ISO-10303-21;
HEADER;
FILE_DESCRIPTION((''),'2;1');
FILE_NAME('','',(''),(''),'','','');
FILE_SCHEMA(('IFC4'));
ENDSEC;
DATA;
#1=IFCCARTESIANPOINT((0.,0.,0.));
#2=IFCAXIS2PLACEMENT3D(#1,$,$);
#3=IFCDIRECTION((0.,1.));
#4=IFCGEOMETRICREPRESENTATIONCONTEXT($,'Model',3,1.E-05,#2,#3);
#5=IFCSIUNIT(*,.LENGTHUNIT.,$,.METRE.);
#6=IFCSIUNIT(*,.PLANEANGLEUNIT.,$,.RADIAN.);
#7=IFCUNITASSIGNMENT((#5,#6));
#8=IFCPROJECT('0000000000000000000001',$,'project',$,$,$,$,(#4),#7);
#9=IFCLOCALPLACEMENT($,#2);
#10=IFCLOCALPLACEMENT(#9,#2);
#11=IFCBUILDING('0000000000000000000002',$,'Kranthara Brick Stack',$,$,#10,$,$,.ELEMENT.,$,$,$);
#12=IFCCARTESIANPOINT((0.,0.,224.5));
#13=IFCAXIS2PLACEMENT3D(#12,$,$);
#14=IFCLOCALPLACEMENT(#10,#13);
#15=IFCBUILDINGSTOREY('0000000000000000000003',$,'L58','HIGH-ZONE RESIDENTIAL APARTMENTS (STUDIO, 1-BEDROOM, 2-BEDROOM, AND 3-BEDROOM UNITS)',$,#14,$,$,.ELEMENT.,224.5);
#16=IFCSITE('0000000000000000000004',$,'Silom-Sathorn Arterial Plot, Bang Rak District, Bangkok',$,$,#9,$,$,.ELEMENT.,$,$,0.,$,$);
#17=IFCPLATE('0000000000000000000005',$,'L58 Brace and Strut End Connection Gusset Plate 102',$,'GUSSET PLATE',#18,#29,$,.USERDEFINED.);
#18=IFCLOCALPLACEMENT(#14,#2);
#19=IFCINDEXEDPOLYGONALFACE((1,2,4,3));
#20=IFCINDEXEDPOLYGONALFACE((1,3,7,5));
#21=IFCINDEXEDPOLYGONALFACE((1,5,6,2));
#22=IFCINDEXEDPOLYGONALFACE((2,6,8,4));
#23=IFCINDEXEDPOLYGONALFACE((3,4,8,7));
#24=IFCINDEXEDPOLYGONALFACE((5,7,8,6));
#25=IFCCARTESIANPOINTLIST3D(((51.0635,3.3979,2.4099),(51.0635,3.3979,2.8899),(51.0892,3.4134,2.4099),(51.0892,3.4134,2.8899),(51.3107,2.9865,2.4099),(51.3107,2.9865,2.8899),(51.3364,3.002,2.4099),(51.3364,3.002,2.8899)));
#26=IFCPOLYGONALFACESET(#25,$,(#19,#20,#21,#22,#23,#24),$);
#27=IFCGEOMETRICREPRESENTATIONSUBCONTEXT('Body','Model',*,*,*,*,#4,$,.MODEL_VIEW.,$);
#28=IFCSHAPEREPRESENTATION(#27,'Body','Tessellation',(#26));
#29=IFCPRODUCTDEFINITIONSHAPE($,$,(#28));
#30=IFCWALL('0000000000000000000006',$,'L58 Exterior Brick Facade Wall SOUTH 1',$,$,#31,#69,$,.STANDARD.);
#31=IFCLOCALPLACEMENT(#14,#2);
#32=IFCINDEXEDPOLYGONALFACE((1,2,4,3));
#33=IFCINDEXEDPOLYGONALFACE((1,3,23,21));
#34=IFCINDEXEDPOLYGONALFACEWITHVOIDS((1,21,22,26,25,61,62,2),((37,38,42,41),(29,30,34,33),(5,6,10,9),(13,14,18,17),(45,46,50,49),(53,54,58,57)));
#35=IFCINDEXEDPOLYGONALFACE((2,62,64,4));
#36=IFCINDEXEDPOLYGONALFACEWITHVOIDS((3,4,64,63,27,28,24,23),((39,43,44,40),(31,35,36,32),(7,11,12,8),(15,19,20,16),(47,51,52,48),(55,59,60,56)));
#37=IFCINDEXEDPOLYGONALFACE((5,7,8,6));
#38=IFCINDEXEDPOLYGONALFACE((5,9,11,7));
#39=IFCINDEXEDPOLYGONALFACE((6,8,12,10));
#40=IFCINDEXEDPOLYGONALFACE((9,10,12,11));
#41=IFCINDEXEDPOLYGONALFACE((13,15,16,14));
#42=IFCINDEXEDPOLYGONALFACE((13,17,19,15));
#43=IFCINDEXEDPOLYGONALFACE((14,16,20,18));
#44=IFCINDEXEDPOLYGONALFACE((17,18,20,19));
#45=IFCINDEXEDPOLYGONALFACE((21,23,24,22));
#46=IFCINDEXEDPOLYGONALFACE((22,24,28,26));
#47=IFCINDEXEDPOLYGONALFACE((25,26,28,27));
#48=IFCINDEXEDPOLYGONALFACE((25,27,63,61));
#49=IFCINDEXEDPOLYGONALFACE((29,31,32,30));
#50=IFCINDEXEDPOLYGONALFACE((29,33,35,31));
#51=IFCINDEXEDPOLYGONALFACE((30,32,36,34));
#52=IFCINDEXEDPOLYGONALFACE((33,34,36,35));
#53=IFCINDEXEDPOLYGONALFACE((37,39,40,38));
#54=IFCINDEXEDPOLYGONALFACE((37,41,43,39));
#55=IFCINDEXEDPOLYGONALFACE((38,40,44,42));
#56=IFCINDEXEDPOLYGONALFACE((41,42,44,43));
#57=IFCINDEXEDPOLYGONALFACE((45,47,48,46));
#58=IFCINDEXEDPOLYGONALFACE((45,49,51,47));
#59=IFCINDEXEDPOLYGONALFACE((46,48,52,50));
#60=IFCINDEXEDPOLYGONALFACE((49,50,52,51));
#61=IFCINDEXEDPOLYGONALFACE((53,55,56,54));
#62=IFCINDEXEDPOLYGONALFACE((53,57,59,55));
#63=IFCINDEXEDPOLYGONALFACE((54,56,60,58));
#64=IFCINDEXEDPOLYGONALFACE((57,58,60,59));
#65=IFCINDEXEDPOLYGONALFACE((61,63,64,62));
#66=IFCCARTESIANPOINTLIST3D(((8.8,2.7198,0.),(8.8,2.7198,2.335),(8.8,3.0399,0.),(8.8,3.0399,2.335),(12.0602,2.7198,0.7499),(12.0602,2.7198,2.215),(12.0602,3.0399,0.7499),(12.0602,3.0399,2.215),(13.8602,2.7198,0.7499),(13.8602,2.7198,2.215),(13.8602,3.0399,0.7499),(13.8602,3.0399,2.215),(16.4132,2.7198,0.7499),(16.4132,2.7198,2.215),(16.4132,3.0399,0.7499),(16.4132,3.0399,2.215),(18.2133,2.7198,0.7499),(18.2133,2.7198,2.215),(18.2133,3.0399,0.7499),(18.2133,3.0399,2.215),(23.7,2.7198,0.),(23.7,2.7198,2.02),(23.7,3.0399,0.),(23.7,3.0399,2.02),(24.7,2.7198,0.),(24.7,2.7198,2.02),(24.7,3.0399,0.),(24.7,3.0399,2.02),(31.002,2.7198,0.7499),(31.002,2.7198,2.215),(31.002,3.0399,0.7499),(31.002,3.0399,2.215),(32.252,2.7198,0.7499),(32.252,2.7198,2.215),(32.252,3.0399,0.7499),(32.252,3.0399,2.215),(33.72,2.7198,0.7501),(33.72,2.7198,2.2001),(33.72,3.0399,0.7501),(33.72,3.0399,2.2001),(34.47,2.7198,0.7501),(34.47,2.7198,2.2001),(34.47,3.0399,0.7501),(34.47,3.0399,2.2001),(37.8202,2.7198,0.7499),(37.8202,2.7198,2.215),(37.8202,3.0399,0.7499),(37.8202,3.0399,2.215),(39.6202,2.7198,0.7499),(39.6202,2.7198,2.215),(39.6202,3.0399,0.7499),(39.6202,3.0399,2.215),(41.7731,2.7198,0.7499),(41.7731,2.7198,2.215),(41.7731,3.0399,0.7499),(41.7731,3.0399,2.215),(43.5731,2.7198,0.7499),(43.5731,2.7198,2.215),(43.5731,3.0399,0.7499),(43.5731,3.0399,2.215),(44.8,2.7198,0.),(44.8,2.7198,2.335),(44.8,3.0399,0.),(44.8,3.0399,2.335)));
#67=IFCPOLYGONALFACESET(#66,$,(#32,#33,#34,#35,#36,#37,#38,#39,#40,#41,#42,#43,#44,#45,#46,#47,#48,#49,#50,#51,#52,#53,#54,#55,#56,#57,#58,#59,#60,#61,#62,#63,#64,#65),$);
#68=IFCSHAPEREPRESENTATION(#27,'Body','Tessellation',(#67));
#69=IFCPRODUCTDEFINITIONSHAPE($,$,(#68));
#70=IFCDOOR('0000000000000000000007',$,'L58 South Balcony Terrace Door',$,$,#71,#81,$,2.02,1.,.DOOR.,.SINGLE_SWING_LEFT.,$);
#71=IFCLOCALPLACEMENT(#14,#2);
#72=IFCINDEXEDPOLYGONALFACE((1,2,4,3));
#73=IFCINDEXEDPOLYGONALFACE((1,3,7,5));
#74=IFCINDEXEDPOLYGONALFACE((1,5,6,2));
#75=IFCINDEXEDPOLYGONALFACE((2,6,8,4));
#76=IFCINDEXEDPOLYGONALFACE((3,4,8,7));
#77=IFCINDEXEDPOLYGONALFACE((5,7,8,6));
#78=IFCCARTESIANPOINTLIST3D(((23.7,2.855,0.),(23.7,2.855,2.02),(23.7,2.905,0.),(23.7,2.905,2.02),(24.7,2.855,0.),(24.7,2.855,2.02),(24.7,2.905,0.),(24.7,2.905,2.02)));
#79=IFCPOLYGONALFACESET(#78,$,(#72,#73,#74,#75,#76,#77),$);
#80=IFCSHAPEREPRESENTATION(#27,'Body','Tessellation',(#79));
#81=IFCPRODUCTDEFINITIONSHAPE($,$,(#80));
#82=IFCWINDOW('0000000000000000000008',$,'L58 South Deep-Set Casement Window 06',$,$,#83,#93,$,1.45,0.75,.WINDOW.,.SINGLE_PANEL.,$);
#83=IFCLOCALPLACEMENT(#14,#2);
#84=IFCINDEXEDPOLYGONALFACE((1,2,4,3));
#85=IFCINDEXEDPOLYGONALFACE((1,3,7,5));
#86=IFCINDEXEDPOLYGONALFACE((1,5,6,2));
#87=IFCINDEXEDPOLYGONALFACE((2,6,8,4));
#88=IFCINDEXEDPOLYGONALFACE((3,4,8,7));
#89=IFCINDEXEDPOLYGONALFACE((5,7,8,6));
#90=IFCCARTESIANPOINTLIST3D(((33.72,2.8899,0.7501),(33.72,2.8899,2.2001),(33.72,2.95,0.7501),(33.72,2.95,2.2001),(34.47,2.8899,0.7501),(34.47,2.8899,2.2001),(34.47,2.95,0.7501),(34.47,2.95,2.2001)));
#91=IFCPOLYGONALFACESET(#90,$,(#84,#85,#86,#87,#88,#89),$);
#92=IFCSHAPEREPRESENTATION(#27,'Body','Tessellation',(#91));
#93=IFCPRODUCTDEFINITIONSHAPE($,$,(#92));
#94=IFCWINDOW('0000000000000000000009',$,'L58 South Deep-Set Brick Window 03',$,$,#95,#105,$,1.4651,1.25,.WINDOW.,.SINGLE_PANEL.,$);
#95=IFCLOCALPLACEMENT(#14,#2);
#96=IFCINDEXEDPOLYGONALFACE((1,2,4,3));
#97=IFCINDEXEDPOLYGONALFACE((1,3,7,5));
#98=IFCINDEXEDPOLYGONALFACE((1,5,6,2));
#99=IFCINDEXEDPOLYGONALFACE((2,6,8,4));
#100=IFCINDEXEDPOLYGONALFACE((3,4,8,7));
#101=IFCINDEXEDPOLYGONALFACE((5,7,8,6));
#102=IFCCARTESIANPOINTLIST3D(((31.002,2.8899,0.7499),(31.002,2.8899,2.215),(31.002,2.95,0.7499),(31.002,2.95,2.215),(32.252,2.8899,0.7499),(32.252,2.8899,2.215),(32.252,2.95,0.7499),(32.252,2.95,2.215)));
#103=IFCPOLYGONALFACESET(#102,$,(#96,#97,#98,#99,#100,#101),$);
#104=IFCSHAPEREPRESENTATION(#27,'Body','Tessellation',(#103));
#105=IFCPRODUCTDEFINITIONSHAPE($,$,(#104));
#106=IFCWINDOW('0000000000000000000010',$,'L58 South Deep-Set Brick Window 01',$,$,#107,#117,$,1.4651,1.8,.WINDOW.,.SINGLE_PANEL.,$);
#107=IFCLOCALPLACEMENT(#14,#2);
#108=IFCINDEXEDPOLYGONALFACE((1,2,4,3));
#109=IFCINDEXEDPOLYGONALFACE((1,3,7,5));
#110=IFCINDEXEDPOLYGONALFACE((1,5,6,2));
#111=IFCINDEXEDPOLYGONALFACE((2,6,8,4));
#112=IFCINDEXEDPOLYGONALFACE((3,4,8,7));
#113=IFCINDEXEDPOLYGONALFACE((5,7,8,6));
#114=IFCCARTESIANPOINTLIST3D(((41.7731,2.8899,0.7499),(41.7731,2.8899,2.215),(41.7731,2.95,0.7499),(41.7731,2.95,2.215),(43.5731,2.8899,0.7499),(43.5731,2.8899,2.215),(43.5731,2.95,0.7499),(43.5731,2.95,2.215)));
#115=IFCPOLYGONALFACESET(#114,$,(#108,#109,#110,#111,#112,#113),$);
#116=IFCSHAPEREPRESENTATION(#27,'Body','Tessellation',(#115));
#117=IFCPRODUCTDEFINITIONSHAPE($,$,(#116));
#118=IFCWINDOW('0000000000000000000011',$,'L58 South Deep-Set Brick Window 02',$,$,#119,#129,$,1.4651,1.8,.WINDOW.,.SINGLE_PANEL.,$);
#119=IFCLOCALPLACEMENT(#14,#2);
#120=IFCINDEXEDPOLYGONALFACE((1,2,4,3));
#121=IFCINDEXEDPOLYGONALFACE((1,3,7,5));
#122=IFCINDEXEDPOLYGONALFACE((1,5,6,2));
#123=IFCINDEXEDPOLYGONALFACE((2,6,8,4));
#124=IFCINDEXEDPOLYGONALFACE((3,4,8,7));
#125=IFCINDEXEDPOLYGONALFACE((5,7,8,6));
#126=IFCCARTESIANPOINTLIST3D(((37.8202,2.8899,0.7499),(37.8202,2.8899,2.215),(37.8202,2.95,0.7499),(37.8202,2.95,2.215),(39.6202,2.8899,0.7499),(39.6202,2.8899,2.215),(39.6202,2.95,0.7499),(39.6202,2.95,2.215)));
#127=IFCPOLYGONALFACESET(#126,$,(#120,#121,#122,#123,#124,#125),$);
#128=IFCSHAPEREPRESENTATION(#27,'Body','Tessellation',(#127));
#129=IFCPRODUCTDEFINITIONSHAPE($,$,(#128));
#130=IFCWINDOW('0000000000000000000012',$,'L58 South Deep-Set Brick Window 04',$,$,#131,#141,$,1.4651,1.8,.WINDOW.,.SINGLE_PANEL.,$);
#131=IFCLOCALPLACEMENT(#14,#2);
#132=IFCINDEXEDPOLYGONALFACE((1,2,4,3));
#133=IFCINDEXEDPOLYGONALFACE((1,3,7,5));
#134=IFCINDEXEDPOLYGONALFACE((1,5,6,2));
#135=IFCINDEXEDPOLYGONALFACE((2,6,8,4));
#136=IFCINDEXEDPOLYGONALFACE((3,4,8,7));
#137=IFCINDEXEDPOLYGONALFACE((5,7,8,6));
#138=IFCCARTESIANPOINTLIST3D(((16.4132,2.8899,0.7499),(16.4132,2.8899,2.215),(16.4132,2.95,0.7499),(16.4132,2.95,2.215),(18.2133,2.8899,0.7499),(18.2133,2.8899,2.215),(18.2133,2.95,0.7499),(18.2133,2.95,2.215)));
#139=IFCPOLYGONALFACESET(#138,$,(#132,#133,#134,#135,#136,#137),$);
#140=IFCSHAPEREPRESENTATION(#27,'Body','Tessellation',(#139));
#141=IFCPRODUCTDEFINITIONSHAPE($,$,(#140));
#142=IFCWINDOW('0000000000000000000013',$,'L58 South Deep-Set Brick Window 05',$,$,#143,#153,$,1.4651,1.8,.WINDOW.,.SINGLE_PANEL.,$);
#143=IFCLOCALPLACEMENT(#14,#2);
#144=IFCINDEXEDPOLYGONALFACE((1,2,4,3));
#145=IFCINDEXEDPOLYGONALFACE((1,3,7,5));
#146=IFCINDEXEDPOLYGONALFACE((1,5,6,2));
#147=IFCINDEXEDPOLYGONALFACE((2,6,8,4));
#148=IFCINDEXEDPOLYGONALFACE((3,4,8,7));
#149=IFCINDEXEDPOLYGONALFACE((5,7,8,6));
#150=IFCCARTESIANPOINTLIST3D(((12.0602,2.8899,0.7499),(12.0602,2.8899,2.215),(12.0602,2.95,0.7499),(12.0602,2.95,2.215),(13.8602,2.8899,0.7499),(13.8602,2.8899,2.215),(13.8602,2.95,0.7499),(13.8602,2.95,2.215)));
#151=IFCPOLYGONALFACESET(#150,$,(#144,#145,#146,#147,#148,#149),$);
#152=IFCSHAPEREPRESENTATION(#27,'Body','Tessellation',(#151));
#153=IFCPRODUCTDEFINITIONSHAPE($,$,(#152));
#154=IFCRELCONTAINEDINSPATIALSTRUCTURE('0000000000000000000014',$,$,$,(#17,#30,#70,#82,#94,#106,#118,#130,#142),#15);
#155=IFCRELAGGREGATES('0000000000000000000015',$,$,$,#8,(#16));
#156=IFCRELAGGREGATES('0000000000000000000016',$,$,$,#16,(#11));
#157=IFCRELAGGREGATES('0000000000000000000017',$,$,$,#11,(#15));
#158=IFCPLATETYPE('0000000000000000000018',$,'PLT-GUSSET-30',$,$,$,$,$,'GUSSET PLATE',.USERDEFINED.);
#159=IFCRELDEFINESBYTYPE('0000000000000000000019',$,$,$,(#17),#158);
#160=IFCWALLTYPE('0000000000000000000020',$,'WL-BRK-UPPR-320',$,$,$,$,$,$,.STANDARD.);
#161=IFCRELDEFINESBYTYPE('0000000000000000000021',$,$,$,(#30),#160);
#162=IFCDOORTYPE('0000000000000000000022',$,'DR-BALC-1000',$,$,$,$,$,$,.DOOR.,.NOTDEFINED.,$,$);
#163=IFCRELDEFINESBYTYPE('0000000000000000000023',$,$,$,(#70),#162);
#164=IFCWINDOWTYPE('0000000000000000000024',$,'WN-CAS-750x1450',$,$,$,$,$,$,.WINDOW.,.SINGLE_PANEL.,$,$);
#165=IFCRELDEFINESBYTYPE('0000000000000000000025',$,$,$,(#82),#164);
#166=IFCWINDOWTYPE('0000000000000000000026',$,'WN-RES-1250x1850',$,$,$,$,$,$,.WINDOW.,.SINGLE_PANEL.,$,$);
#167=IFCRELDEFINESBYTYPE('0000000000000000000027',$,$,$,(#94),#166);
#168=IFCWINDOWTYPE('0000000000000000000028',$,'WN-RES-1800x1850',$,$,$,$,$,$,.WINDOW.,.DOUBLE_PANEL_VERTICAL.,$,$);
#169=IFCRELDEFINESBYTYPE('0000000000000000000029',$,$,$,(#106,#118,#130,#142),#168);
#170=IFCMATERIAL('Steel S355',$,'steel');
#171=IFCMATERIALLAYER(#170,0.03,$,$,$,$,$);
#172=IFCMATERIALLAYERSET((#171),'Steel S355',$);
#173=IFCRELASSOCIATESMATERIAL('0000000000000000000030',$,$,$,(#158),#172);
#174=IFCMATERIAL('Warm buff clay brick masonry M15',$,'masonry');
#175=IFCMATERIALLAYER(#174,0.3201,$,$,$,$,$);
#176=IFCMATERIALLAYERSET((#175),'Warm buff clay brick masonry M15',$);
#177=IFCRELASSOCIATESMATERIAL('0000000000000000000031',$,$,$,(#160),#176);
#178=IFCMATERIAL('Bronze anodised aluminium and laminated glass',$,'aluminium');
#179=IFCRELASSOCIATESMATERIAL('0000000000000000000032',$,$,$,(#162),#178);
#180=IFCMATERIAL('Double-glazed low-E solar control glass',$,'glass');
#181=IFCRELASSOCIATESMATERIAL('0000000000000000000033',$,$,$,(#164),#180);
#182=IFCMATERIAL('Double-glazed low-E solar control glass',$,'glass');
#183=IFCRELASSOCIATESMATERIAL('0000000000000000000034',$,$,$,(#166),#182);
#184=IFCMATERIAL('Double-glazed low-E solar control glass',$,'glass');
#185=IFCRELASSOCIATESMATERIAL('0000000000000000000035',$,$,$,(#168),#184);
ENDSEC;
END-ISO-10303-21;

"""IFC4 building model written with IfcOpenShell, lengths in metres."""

from ifc_helpers import new_model, si_unit, direction, frame, frame_2d, origin, origin_2d, place, context, subcontext, project, spatial, rectangle, extrude, material, layer, layer_set, type_object, element, fill, save


model = new_model("IFC4")

# Units and contexts
model_context = context("Model", 3, precision=1e-05, world=origin(), true_north=direction((0.0, 1.0)))
body_context = subcontext(model_context, "Body", "Model", "MODEL_VIEW")
ifc_project = project(units=[si_unit("LENGTHUNIT", "METRE"), si_unit("PLANEANGLEUNIT", "RADIAN")], contexts=[model_context])

# Site, building, storey
site_placement = place(None, origin())
site = spatial("IfcSite", under=ifc_project, at=site_placement, Name="Silom-Sathorn Arterial Plot, Bang Rak District, Bangkok", CompositionType="ELEMENT", RefElevation=0.0)
building_placement = place(site_placement, origin())
building = spatial("IfcBuilding", under=site, at=building_placement, Name="Kranthara Brick Stack", CompositionType="ELEMENT")
storey_placement = place(building_placement, frame((0.0, 0.0, 224.5)))
storey = spatial("IfcBuildingStorey", under=building, at=storey_placement, Name="L58", Description="HIGH-ZONE RESIDENTIAL APARTMENTS (STUDIO, 1-BEDROOM, 2-BEDROOM, AND 3-BEDROOM UNITS)", CompositionType="ELEMENT", Elevation=224.5)

# Plate
ifc_material_1 = material(Name="Steel S355", Category="steel")
ifc_layer_1 = layer(ifc_material_1, 0.03)
ifc_layer_set_1 = layer_set([ifc_layer_1], Name="Steel S355")
plate_type = type_object("IfcPlateType", Name="PLT-GUSSET-30", ElementType="GUSSET PLATE", PredefinedType="USERDEFINED", material=ifc_layer_set_1)
plate_placement = place(storey_placement, frame((51.2, 3.2, 2.4099), z_axis=(0.0, 0.0, 1.0), x_axis=(-0.515038, 0.857167, 0.0)))
element("IfcPlate", 1, at=plate_placement, inside=storey, type_object=plate_type, Name="L58 Brace and Strut End Connection Gusset Plate 102", ObjectType="GUSSET PLATE", PredefinedType="USERDEFINED", context=body_context, shape_type="SweptSolid", body=[
    extrude(rectangle(XDim=0.48, YDim=0.03, at=origin_2d()), origin(), (0.0, 0.0, 1.0), 0.48),
])

# Wall, openings, door, windows
ifc_material_2 = material(Name="Warm buff clay brick masonry M15", Category="masonry")
ifc_layer_2 = layer(ifc_material_2, 0.3201)
ifc_layer_set_2 = layer_set([ifc_layer_2], Name="Warm buff clay brick masonry M15")
wall_type_1 = type_object("IfcWallType", Name="WL-BRK-UPPR-320", PredefinedType="STANDARD", material=ifc_layer_set_2)
wall_1_placement = place(storey_placement, frame((44.8, 2.8799, 0.0), z_axis=(0.0, 0.0, 1.0), x_axis=(-1.0, 0.0, 0.0)))
wall_1 = element("IfcWall", 2, at=wall_1_placement, inside=storey, type_object=wall_type_1, Name="L58 Exterior Brick Facade Wall SOUTH 1", PredefinedType="STANDARD", context=body_context, shape_type="SweptSolid", body=[
    extrude(rectangle(XDim=36.0, YDim=0.3201, at=frame_2d((18.0, 0.0))), origin(), (0.0, 0.0, 1.0), 2.335),
])
opening_1_placement = place(wall_1_placement, frame((20.1001, 0.0, 0.0)))
opening_1 = element("IfcOpeningElement", 3, at=opening_1_placement, cuts=wall_1, PredefinedType="OPENING", context=body_context, shape_type="SweptSolid", body=[
    extrude(rectangle(XDim=1.0, YDim=2.02, at=frame_2d((0.5, 1.01))), frame((0.0, 0.1699, 0.0), z_axis=(0.0, -1.0, 0.0), x_axis=(1.0, 0.0, 0.0)), (0.0, 0.0, 1.0), 0.3401),
])
opening_2_placement = place(wall_1_placement, frame((1.2271, 0.0, 0.75)))
opening_2 = element("IfcOpeningElement", 4, at=opening_2_placement, cuts=wall_1, PredefinedType="OPENING", context=body_context, shape_type="SweptSolid", body=[
    extrude(rectangle(XDim=1.8, YDim=1.4651, at=frame_2d((0.8999, 0.7324))), frame((0.0, 0.1699, 0.0), z_axis=(0.0, -1.0, 0.0), x_axis=(1.0, 0.0, 0.0)), (0.0, 0.0, 1.0), 0.3401),
])
opening_3_placement = place(wall_1_placement, frame((5.1799, 0.0, 0.75)))
opening_3 = element("IfcOpeningElement", 5, at=opening_3_placement, cuts=wall_1, PredefinedType="OPENING", context=body_context, shape_type="SweptSolid", body=[
    extrude(rectangle(XDim=1.8, YDim=1.4651, at=frame_2d((0.8999, 0.7324))), frame((0.0, 0.1699, 0.0), z_axis=(0.0, -1.0, 0.0), x_axis=(1.0, 0.0, 0.0)), (0.0, 0.0, 1.0), 0.3401),
])
opening_4_placement = place(wall_1_placement, frame((12.5481, 0.0, 0.75)))
opening_4 = element("IfcOpeningElement", 6, at=opening_4_placement, cuts=wall_1, PredefinedType="OPENING", context=body_context, shape_type="SweptSolid", body=[
    extrude(rectangle(XDim=1.25, YDim=1.4651, at=frame_2d((0.625, 0.7324))), frame((0.0, 0.1699, 0.0), z_axis=(0.0, -1.0, 0.0), x_axis=(1.0, 0.0, 0.0)), (0.0, 0.0, 1.0), 0.3401),
])
opening_5_placement = place(wall_1_placement, frame((26.5869, 0.0, 0.75)))
opening_5 = element("IfcOpeningElement", 7, at=opening_5_placement, cuts=wall_1, PredefinedType="OPENING", context=body_context, shape_type="SweptSolid", body=[
    extrude(rectangle(XDim=1.8, YDim=1.4651, at=frame_2d((0.8999, 0.7324))), frame((0.0, 0.1699, 0.0), z_axis=(0.0, -1.0, 0.0), x_axis=(1.0, 0.0, 0.0)), (0.0, 0.0, 1.0), 0.3401),
])
opening_6_placement = place(wall_1_placement, frame((30.9399, 0.0, 0.75)))
opening_6 = element("IfcOpeningElement", 8, at=opening_6_placement, cuts=wall_1, PredefinedType="OPENING", context=body_context, shape_type="SweptSolid", body=[
    extrude(rectangle(XDim=1.8, YDim=1.4651, at=frame_2d((0.8999, 0.7324))), frame((0.0, 0.1699, 0.0), z_axis=(0.0, -1.0, 0.0), x_axis=(1.0, 0.0, 0.0)), (0.0, 0.0, 1.0), 0.3401),
])
opening_7_placement = place(wall_1_placement, frame((10.3301, 0.0, 0.75)))
opening_7 = element("IfcOpeningElement", 9, at=opening_7_placement, cuts=wall_1, PredefinedType="OPENING", context=body_context, shape_type="SweptSolid", body=[
    extrude(rectangle(XDim=0.75, YDim=1.45, at=frame_2d((0.375, 0.7251))), frame((0.0, 0.1699, 0.0), z_axis=(0.0, -1.0, 0.0), x_axis=(1.0, 0.0, 0.0)), (0.0, 0.0, 1.0), 0.3401),
])
ifc_material_3 = material(Name="Bronze anodised aluminium and laminated glass", Category="aluminium")
door_type_1 = type_object("IfcDoorType", Name="DR-BALC-1000", OperationType="NOTDEFINED", PredefinedType="DOOR", material=ifc_material_3)
door_1_placement = place(opening_1_placement, origin())
door_1 = element("IfcDoor", 10, at=door_1_placement, inside=storey, type_object=door_type_1, Name="L58 South Balcony Terrace Door", OperationType="SINGLE_SWING_LEFT", OverallHeight=2.02, OverallWidth=1.0, PredefinedType="DOOR", context=body_context, shape_type="SweptSolid", body=[
    extrude(rectangle(XDim=1.0, YDim=2.02, at=frame_2d((0.5, 1.01))), frame((0.0, 0.0249, 0.0), z_axis=(0.0, -1.0, 0.0), x_axis=(1.0, 0.0, 0.0)), (0.0, 0.0, 1.0), 0.05),
])
fill(opening_1, door_1)
ifc_material_4 = material(Name="Double-glazed low-E solar control glass", Category="glass")
window_type_1 = type_object("IfcWindowType", Name="WN-CAS-750x1450", PartitioningType="SINGLE_PANEL", PredefinedType="WINDOW", material=ifc_material_4)
window_1_placement = place(opening_7_placement, origin())
window_1 = element("IfcWindow", 11, at=window_1_placement, inside=storey, type_object=window_type_1, Name="L58 South Deep-Set Casement Window 06", OverallHeight=1.45, OverallWidth=0.75, PartitioningType="SINGLE_PANEL", PredefinedType="WINDOW", context=body_context, shape_type="SweptSolid", body=[
    extrude(rectangle(XDim=0.75, YDim=1.45, at=frame_2d((0.375, 0.7251))), frame((0.0, -0.01, 0.0), z_axis=(0.0, -1.0, 0.0), x_axis=(1.0, 0.0, 0.0)), (0.0, 0.0, 1.0), 0.0601),
])
fill(opening_7, window_1)
ifc_material_5 = material(Name="Double-glazed low-E solar control glass", Category="glass")
window_type_2 = type_object("IfcWindowType", Name="WN-RES-1250x1850", PartitioningType="SINGLE_PANEL", PredefinedType="WINDOW", material=ifc_material_5)
window_2_placement = place(opening_4_placement, origin())
window_2 = element("IfcWindow", 12, at=window_2_placement, inside=storey, type_object=window_type_2, Name="L58 South Deep-Set Brick Window 03", OverallHeight=1.4651, OverallWidth=1.25, PartitioningType="SINGLE_PANEL", PredefinedType="WINDOW", context=body_context, shape_type="SweptSolid", body=[
    extrude(rectangle(XDim=1.25, YDim=1.4651, at=frame_2d((0.625, 0.7324))), frame((0.0, -0.01, 0.0), z_axis=(0.0, -1.0, 0.0), x_axis=(1.0, 0.0, 0.0)), (0.0, 0.0, 1.0), 0.0601),
])
fill(opening_4, window_2)
ifc_material_6 = material(Name="Double-glazed low-E solar control glass", Category="glass")
window_type_3 = type_object("IfcWindowType", Name="WN-RES-1800x1850", PartitioningType="DOUBLE_PANEL_VERTICAL", PredefinedType="WINDOW", material=ifc_material_6)
window_3_placement = place(opening_2_placement, origin())
window_3 = element("IfcWindow", 13, at=window_3_placement, inside=storey, type_object=window_type_3, Name="L58 South Deep-Set Brick Window 01", OverallHeight=1.4651, OverallWidth=1.8, PartitioningType="SINGLE_PANEL", PredefinedType="WINDOW", context=body_context, shape_type="SweptSolid", body=[
    extrude(rectangle(XDim=1.8, YDim=1.4651, at=frame_2d((0.8999, 0.7324))), frame((0.0, -0.01, 0.0), z_axis=(0.0, -1.0, 0.0), x_axis=(1.0, 0.0, 0.0)), (0.0, 0.0, 1.0), 0.0601),
])
fill(opening_2, window_3)
window_4_placement = place(opening_3_placement, origin())
window_4 = element("IfcWindow", 14, at=window_4_placement, inside=storey, type_object=window_type_3, Name="L58 South Deep-Set Brick Window 02", OverallHeight=1.4651, OverallWidth=1.8, PartitioningType="SINGLE_PANEL", PredefinedType="WINDOW", context=body_context, shape_type="SweptSolid", body=[
    extrude(rectangle(XDim=1.8, YDim=1.4651, at=frame_2d((0.8999, 0.7324))), frame((0.0, -0.01, 0.0), z_axis=(0.0, -1.0, 0.0), x_axis=(1.0, 0.0, 0.0)), (0.0, 0.0, 1.0), 0.0601),
])
fill(opening_3, window_4)
window_5_placement = place(opening_5_placement, origin())
window_5 = element("IfcWindow", 15, at=window_5_placement, inside=storey, type_object=window_type_3, Name="L58 South Deep-Set Brick Window 04", OverallHeight=1.4651, OverallWidth=1.8, PartitioningType="SINGLE_PANEL", PredefinedType="WINDOW", context=body_context, shape_type="SweptSolid", body=[
    extrude(rectangle(XDim=1.8, YDim=1.4651, at=frame_2d((0.8999, 0.7324))), frame((0.0, -0.01, 0.0), z_axis=(0.0, -1.0, 0.0), x_axis=(1.0, 0.0, 0.0)), (0.0, 0.0, 1.0), 0.0601),
])
fill(opening_5, window_5)
window_6_placement = place(opening_6_placement, origin())
window_6 = element("IfcWindow", 16, at=window_6_placement, inside=storey, type_object=window_type_3, Name="L58 South Deep-Set Brick Window 05", OverallHeight=1.4651, OverallWidth=1.8, PartitioningType="SINGLE_PANEL", PredefinedType="WINDOW", context=body_context, shape_type="SweptSolid", body=[
    extrude(rectangle(XDim=1.8, YDim=1.4651, at=frame_2d((0.8999, 0.7324))), frame((0.0, -0.01, 0.0), z_axis=(0.0, -1.0, 0.0), x_axis=(1.0, 0.0, 0.0)), (0.0, 0.0, 1.0), 0.0601),
])
fill(opening_6, window_6)

save(model, "model.ifc")
